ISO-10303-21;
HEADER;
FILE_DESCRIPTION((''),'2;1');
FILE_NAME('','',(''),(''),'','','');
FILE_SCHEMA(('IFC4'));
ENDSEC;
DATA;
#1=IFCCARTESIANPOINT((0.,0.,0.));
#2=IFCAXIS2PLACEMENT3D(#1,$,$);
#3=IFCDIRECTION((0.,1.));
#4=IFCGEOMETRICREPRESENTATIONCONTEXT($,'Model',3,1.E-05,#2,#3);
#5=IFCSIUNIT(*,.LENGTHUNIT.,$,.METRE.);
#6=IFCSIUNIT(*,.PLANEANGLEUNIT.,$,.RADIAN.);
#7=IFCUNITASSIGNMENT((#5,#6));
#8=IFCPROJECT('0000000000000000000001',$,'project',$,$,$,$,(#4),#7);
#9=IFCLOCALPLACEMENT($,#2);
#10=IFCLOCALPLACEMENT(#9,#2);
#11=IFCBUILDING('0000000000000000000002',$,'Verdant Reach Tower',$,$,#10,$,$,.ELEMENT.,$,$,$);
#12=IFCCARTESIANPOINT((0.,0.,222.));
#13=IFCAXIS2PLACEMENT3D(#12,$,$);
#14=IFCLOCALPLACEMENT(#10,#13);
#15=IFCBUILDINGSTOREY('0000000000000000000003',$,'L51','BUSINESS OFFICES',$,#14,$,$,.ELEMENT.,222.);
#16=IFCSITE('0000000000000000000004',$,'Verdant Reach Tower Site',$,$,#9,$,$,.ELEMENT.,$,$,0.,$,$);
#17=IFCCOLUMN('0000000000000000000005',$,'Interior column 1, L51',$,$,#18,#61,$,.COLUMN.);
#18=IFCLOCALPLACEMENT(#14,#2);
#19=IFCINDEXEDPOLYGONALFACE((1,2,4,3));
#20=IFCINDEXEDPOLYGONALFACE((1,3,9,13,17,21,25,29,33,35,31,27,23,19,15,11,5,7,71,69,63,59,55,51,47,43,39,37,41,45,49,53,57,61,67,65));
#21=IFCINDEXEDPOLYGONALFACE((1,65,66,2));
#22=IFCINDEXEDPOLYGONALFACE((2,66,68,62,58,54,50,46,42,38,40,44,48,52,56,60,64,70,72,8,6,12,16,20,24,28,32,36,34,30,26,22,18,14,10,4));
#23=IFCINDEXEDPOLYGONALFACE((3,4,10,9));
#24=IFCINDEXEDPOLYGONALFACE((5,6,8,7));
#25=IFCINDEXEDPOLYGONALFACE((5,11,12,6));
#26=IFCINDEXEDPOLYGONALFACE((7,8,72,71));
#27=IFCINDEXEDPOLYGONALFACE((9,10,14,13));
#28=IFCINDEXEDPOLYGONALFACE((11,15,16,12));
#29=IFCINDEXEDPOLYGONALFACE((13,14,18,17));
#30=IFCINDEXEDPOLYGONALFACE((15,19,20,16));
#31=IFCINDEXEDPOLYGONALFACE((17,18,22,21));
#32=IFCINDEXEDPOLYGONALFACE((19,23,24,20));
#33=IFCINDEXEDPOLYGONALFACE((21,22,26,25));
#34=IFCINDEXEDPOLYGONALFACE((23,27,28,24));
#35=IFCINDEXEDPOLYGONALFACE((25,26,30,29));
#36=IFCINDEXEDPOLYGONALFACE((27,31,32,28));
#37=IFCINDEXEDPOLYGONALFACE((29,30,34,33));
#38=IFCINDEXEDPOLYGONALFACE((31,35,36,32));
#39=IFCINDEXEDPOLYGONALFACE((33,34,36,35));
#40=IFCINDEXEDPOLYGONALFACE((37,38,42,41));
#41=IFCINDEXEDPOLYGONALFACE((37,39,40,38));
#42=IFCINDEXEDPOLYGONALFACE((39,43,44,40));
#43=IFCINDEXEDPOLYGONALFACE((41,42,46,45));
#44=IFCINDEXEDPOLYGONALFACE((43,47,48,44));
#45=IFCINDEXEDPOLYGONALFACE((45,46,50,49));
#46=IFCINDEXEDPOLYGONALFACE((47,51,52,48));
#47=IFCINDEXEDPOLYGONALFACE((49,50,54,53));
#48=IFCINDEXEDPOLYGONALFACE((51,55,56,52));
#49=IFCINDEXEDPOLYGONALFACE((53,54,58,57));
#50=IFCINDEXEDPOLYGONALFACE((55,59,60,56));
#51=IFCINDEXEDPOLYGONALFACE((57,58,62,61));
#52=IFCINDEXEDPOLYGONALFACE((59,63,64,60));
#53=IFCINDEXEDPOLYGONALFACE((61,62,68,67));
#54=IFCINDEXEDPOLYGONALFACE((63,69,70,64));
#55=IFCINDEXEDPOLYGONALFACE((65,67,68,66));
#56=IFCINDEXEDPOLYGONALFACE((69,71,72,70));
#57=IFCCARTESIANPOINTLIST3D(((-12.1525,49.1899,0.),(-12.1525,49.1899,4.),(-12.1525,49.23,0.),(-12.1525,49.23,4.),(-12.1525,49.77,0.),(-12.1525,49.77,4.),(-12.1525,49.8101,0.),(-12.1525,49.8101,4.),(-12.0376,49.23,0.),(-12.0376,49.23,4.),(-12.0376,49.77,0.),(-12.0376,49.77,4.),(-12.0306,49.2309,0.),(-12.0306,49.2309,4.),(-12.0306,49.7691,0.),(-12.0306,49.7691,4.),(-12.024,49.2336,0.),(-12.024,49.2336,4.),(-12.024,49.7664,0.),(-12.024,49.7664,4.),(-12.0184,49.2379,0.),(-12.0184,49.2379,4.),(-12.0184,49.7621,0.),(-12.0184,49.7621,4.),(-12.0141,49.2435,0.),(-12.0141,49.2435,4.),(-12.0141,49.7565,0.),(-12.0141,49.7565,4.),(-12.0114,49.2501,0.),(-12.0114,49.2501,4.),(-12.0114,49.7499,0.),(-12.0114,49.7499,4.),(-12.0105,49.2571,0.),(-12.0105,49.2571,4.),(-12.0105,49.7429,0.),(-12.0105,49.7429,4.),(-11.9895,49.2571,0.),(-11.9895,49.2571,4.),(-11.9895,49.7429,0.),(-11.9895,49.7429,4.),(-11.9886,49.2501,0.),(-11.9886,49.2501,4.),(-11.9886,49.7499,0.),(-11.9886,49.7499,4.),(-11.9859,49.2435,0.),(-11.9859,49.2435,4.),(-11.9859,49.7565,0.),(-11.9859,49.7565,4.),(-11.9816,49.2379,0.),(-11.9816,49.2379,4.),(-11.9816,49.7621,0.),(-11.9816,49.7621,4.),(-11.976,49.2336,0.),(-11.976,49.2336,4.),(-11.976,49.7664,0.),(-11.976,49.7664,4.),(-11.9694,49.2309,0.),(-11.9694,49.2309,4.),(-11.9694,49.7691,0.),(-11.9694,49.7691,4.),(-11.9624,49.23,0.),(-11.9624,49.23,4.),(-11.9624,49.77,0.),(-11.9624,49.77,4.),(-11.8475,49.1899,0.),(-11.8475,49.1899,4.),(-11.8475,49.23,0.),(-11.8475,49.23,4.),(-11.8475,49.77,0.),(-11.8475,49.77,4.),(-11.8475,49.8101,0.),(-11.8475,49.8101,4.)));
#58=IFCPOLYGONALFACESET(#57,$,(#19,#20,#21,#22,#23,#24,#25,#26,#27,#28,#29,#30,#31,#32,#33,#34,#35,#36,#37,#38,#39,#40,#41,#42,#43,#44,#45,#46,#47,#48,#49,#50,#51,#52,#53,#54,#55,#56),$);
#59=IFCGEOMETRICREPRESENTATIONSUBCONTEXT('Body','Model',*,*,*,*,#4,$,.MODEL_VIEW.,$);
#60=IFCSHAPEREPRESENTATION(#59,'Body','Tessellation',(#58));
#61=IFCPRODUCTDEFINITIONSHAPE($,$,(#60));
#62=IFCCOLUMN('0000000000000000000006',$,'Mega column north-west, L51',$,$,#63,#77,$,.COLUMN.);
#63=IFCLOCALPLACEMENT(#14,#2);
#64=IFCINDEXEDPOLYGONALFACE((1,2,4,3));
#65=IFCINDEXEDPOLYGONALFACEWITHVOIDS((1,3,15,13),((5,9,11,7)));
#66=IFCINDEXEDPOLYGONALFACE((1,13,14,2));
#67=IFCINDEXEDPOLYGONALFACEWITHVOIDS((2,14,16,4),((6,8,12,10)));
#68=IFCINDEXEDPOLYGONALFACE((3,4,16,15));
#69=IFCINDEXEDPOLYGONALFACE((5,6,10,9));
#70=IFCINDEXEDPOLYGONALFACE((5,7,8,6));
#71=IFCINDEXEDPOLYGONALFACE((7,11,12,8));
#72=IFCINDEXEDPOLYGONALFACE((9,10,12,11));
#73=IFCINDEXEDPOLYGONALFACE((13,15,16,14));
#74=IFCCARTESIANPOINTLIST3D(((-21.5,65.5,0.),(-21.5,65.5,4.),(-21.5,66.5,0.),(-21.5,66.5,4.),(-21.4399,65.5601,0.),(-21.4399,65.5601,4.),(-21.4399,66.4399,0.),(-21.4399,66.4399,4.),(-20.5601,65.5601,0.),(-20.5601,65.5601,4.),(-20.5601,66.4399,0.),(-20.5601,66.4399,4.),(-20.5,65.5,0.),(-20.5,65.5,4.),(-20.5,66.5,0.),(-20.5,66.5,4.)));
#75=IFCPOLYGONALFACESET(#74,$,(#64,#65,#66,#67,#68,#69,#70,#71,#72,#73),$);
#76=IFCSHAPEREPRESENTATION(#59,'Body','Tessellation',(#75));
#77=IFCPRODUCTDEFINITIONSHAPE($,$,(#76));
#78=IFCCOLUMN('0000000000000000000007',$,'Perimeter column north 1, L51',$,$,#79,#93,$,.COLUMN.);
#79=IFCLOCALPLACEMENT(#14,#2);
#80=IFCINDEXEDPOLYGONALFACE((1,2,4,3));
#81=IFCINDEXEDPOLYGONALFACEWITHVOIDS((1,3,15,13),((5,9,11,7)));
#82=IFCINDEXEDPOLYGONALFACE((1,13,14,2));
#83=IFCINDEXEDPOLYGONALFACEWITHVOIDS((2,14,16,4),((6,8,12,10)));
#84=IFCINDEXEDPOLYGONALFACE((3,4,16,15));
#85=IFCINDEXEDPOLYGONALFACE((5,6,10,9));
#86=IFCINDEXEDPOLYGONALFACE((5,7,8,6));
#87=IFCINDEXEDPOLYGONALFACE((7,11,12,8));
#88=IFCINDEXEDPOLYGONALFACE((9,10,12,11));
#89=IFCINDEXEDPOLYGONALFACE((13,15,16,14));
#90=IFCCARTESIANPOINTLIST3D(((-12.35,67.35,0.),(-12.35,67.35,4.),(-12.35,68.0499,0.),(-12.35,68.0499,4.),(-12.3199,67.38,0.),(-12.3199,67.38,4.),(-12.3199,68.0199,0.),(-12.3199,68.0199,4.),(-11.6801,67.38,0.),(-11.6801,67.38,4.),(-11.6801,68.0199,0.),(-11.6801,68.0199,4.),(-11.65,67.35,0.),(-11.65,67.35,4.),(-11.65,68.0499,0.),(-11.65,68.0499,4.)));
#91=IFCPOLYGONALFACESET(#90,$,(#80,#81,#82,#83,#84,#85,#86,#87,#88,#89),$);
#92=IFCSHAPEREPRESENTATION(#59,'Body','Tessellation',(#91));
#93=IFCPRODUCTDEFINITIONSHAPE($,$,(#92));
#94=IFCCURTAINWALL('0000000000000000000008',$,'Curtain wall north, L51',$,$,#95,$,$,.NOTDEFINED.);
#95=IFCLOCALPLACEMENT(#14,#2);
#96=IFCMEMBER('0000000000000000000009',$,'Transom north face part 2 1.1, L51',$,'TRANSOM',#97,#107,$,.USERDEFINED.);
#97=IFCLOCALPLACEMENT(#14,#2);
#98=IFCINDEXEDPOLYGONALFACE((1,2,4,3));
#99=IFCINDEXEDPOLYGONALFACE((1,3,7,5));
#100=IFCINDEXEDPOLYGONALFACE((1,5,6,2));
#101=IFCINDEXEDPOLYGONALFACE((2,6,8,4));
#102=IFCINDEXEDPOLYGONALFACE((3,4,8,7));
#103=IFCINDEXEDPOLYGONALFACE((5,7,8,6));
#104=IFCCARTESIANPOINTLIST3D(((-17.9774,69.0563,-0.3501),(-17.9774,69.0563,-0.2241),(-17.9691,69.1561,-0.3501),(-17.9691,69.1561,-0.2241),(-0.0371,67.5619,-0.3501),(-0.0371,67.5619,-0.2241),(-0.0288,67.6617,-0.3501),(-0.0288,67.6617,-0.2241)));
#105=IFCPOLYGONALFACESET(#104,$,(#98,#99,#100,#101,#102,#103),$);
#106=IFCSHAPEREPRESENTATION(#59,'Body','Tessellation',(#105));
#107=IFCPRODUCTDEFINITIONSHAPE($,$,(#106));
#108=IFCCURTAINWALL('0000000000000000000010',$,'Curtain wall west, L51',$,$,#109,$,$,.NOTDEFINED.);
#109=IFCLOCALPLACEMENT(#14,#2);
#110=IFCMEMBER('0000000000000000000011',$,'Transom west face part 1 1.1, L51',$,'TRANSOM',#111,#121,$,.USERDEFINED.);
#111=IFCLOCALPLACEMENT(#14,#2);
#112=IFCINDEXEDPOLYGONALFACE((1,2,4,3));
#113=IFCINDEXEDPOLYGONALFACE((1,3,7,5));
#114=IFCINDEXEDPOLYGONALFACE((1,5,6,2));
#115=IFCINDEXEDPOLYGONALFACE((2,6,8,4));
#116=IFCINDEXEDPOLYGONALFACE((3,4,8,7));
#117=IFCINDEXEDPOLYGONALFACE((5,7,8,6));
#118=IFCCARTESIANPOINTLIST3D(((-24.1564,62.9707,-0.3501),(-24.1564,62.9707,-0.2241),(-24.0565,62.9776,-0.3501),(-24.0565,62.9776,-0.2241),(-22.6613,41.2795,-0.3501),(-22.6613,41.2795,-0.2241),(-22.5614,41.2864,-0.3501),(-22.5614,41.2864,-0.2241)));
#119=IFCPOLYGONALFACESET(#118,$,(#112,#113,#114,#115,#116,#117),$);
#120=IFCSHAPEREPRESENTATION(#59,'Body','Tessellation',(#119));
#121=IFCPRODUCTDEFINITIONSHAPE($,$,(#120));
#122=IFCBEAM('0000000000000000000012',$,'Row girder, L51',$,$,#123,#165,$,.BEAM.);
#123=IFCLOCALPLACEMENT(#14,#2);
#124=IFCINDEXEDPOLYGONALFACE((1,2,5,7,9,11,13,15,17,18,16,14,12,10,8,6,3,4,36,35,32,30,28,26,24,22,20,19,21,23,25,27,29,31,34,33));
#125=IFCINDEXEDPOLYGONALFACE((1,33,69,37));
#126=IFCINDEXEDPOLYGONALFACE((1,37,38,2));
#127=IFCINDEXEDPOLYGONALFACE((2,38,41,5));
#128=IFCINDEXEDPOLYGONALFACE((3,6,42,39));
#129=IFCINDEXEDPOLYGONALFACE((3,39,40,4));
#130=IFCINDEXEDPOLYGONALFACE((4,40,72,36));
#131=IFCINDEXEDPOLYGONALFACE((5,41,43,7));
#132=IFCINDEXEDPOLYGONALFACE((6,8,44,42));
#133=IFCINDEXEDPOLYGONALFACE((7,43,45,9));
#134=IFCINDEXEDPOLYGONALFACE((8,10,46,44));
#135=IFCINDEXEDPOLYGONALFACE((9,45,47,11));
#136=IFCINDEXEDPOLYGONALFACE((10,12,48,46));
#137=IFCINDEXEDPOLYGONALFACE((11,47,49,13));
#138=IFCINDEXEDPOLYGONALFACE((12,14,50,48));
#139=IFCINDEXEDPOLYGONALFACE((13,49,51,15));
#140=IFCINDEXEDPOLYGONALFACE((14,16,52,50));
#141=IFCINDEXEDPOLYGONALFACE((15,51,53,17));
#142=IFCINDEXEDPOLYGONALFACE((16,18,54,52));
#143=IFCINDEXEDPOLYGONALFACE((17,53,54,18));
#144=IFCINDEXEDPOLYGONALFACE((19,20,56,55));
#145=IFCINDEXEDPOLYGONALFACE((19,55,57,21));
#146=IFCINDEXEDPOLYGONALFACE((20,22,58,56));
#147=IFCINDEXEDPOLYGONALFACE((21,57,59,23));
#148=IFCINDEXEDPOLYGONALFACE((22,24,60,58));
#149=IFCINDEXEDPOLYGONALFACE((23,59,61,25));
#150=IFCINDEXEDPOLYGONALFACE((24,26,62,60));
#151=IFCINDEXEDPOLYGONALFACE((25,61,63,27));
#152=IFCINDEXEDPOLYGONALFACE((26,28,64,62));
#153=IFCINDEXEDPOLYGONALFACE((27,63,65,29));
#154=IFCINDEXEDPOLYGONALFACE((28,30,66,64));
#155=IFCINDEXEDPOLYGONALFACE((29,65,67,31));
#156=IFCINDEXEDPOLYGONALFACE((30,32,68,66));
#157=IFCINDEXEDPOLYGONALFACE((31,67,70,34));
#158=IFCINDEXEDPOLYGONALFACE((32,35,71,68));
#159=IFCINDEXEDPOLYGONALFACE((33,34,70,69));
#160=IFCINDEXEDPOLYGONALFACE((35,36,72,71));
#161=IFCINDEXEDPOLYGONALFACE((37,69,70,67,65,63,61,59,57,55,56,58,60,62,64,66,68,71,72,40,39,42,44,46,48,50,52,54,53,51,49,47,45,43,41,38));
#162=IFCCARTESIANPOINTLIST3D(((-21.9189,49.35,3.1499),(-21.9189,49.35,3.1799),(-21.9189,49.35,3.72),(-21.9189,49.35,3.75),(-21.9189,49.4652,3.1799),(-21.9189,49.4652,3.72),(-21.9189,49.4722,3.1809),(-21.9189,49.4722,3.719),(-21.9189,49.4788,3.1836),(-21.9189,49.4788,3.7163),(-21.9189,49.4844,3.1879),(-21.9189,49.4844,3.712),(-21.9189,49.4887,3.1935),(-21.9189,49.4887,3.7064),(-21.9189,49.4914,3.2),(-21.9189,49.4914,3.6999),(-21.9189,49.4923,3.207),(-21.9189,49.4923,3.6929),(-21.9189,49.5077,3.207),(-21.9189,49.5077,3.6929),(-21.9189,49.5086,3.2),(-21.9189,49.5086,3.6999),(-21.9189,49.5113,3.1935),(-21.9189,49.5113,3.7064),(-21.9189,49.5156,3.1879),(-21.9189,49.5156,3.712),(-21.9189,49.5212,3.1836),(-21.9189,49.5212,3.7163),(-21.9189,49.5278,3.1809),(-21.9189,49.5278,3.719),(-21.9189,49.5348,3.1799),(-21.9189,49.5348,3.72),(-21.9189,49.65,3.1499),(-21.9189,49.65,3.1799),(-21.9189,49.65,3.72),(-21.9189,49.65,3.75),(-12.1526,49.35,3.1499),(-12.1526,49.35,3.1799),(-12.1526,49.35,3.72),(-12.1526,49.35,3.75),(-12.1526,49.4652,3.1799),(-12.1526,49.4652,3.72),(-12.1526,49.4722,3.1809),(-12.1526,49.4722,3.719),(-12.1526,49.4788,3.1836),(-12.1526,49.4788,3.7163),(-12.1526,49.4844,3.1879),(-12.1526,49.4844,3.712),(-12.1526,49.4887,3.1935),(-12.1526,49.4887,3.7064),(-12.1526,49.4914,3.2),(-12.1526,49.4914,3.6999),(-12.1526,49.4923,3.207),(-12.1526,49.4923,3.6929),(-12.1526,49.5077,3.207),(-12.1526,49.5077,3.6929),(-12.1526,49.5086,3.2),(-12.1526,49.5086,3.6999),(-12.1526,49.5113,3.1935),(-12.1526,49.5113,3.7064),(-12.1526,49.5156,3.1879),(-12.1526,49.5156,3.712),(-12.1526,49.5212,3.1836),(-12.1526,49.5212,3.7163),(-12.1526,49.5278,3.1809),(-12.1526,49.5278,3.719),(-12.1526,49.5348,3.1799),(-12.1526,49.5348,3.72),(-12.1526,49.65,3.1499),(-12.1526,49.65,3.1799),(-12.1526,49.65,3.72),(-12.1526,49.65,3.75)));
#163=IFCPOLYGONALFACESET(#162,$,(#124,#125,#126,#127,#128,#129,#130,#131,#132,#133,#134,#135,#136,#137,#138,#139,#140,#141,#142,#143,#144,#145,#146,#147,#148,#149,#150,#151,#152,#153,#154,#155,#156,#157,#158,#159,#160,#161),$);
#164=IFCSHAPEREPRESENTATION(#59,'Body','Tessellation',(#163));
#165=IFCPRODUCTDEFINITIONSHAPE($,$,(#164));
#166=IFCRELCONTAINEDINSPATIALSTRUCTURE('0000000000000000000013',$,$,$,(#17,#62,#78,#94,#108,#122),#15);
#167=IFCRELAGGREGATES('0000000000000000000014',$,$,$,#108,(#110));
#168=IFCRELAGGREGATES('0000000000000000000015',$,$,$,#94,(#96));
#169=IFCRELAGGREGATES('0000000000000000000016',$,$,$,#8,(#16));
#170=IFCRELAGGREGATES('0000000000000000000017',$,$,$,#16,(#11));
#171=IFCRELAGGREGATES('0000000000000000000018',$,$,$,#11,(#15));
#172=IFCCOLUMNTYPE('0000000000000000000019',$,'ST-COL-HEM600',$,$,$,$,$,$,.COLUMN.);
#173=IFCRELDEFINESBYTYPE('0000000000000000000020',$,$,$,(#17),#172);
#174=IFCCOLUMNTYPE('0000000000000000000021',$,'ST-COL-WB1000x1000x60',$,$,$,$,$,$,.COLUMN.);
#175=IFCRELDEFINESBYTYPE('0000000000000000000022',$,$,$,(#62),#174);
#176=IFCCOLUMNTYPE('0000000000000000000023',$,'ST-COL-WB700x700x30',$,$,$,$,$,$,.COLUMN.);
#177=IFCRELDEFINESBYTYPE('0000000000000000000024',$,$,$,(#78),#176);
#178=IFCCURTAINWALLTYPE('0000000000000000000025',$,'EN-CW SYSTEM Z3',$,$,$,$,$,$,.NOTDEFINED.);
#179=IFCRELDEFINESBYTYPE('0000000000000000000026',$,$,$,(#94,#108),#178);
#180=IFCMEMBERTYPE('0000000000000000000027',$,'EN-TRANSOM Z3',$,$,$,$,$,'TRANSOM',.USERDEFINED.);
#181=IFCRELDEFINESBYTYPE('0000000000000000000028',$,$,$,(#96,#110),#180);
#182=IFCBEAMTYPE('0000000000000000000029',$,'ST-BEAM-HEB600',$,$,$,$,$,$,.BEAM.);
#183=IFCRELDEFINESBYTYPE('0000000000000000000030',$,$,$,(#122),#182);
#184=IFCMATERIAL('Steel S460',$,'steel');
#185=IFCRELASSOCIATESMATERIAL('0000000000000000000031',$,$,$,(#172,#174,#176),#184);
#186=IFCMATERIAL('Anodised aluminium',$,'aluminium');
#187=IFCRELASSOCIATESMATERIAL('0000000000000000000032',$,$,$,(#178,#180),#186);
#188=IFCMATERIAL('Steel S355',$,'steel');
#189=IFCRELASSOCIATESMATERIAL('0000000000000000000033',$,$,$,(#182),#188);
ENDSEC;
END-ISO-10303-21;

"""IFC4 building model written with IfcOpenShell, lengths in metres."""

from ifc_helpers import new_model, si_unit, direction, frame, origin, origin_2d, place, context, subcontext, project, spatial, rectangle, hollow_rectangle, i_section, extrude, material, material_profile, profile_set, type_object, element, aggregate, save


model = new_model("IFC4")

# Units and contexts
model_context = context("Model", 3, precision=1e-05, world=origin(), true_north=direction((0.0, 1.0)))
body_context = subcontext(model_context, "Body", "Model", "MODEL_VIEW")
ifc_project = project(units=[si_unit("LENGTHUNIT", "METRE"), si_unit("PLANEANGLEUNIT", "RADIAN")], contexts=[model_context])

# Site, building, storey
site_placement = place(None, origin())
site = spatial("IfcSite", under=ifc_project, at=site_placement, Name="Verdant Reach Tower Site", CompositionType="ELEMENT", RefElevation=0.0)
building_placement = place(site_placement, origin())
building = spatial("IfcBuilding", under=site, at=building_placement, Name="Verdant Reach Tower", CompositionType="ELEMENT")
storey_placement = place(building_placement, frame((0.0, 0.0, 222.0)))
storey = spatial("IfcBuildingStorey", under=building, at=storey_placement, Name="L51", Description="BUSINESS OFFICES", CompositionType="ELEMENT", Elevation=222.0)

# Columns
ifc_material_1 = material(Name="Steel S460", Category="steel")
ifc_material_profile_1 = material_profile(ifc_material_1, i_section(OverallWidth=0.3049, OverallDepth=0.6201, WebThickness=0.021, FlangeThickness=0.04, FilletRadius=0.0271, at=origin_2d()), Name="HEM 600")
ifc_profile_set_1 = profile_set([ifc_material_profile_1], Name="Steel S460")
column_type_1 = type_object("IfcColumnType", Name="ST-COL-HEM600", PredefinedType="COLUMN", material=ifc_profile_set_1)
column_1_placement = place(storey_placement, frame((-12.0, 49.5, 0.0), z_axis=(0.0, 0.0, 1.0), x_axis=(1.0, 0.0, 0.0)))
element("IfcColumn", 1, at=column_1_placement, inside=storey, type_object=column_type_1, Name="Interior column 1, L51", PredefinedType="COLUMN", context=body_context, shape_type="SweptSolid", body=[
    extrude(i_section(OverallWidth=0.3049, OverallDepth=0.6201, WebThickness=0.021, FlangeThickness=0.04, FilletRadius=0.0271, at=origin_2d()), origin(), (0.0, 0.0, 1.0), 4.0),
])
ifc_material_profile_2 = material_profile(ifc_material_1, hollow_rectangle(XDim=1.0, YDim=1.0, WallThickness=0.0601, at=origin_2d()), Name="WB 1000x1000x60")
ifc_profile_set_2 = profile_set([ifc_material_profile_2], Name="Steel S460")
column_type_2 = type_object("IfcColumnType", Name="ST-COL-WB1000x1000x60", PredefinedType="COLUMN", material=ifc_profile_set_2)
column_2_placement = place(storey_placement, frame((-21.0, 66.0, 0.0), z_axis=(0.0, 0.0, 1.0), x_axis=(1.0, 0.0, 0.0)))
element("IfcColumn", 2, at=column_2_placement, inside=storey, type_object=column_type_2, Name="Mega column north-west, L51", PredefinedType="COLUMN", context=body_context, shape_type="SweptSolid", body=[
    extrude(hollow_rectangle(XDim=1.0, YDim=1.0, WallThickness=0.0601, at=origin_2d()), origin(), (0.0, 0.0, 1.0), 4.0),
])
ifc_material_profile_3 = material_profile(ifc_material_1, hollow_rectangle(XDim=0.7, YDim=0.7, WallThickness=0.03, at=origin_2d()), Name="WB 700x700x30")
ifc_profile_set_3 = profile_set([ifc_material_profile_3], Name="Steel S460")
column_type_3 = type_object("IfcColumnType", Name="ST-COL-WB700x700x30", PredefinedType="COLUMN", material=ifc_profile_set_3)
column_3_placement = place(storey_placement, frame((-12.0, 67.7, 0.0), z_axis=(0.0, 0.0, 1.0), x_axis=(1.0, 0.0, 0.0)))
element("IfcColumn", 3, at=column_3_placement, inside=storey, type_object=column_type_3, Name="Perimeter column north 1, L51", PredefinedType="COLUMN", context=body_context, shape_type="SweptSolid", body=[
    extrude(hollow_rectangle(XDim=0.7, YDim=0.7, WallThickness=0.03, at=origin_2d()), origin(), (0.0, 0.0, 1.0), 4.0),
])

# Curtain walls, members
ifc_material_2 = material(Name="Anodised aluminium", Category="aluminium")
curtain_wall_type = type_object("IfcCurtainWallType", Name="EN-CW SYSTEM Z3", PredefinedType="NOTDEFINED", material=ifc_material_2)
curtain_wall_1_placement = place(storey_placement, origin())
curtain_wall_1 = element("IfcCurtainWall", 4, at=curtain_wall_1_placement, inside=storey, type_object=curtain_wall_type, Name="Curtain wall north, L51", PredefinedType="NOTDEFINED")
ifc_material_profile_4 = material_profile(ifc_material_2, rectangle(XDim=0.1001, YDim=0.126, at=origin_2d()), Name="Transom 126x100")
ifc_profile_set_4 = profile_set([ifc_material_profile_4], Name="Anodised aluminium")
member_type = type_object("IfcMemberType", Name="EN-TRANSOM Z3", ElementType="TRANSOM", PredefinedType="USERDEFINED", material=ifc_profile_set_4)
member_1_placement = place(storey_placement, frame((-0.033, 67.6118, -0.2871), z_axis=(-0.996549, 0.08301, 0.0), x_axis=(-0.08301, -0.996549, 0.0)))
member_1 = element("IfcMember", 5, at=member_1_placement, type_object=member_type, Name="Transom north face part 2 1.1, L51", ObjectType="TRANSOM", PredefinedType="USERDEFINED", context=body_context, shape_type="SweptSolid", body=[
    extrude(rectangle(XDim=0.1001, YDim=0.126, at=origin_2d()), origin(), (0.0, 0.0, 1.0), 18.0024),
])
curtain_wall_2_placement = place(storey_placement, origin())
curtain_wall_2 = element("IfcCurtainWall", 6, at=curtain_wall_2_placement, inside=storey, type_object=curtain_wall_type, Name="Curtain wall west, L51", PredefinedType="NOTDEFINED")
member_2_placement = place(storey_placement, frame((-24.1064, 62.9741, -0.2871), z_axis=(0.068764, -0.997633, 0.0), x_axis=(0.997633, 0.068764, 0.0)))
member_2 = element("IfcMember", 7, at=member_2_placement, type_object=member_type, Name="Transom west face part 1 1.1, L51", ObjectType="TRANSOM", PredefinedType="USERDEFINED", context=body_context, shape_type="SweptSolid", body=[
    extrude(rectangle(XDim=0.1001, YDim=0.126, at=origin_2d()), origin(), (0.0, 0.0, 1.0), 21.7427),
])

# Beam
ifc_material_3 = material(Name="Steel S355", Category="steel")
ifc_material_profile_5 = material_profile(ifc_material_3, i_section(OverallWidth=0.3, OverallDepth=0.6001, WebThickness=0.0154, FlangeThickness=0.03, FilletRadius=0.0271, at=origin_2d()), Name="HEB 600")
ifc_profile_set_5 = profile_set([ifc_material_profile_5], Name="Steel S355")
beam_type_1 = type_object("IfcBeamType", Name="ST-BEAM-HEB600", PredefinedType="BEAM", material=ifc_profile_set_5)
beam_1_placement = place(storey_placement, frame((-21.9189, 49.5, 3.45), z_axis=(1.0, 0.0, 0.0), x_axis=(0.0, 1.0, 0.0)))
element("IfcBeam", 8, at=beam_1_placement, inside=storey, type_object=beam_type_1, Name="Row girder, L51", PredefinedType="BEAM", context=body_context, shape_type="SweptSolid", body=[
    extrude(i_section(OverallWidth=0.3, OverallDepth=0.6001, WebThickness=0.0154, FlangeThickness=0.03, FilletRadius=0.0271, at=origin_2d()), origin(), (0.0, 0.0, 1.0), 9.7664),
])

aggregate(curtain_wall_2, [member_2])
aggregate(curtain_wall_1, [member_1])

save(model, "model.ifc")
